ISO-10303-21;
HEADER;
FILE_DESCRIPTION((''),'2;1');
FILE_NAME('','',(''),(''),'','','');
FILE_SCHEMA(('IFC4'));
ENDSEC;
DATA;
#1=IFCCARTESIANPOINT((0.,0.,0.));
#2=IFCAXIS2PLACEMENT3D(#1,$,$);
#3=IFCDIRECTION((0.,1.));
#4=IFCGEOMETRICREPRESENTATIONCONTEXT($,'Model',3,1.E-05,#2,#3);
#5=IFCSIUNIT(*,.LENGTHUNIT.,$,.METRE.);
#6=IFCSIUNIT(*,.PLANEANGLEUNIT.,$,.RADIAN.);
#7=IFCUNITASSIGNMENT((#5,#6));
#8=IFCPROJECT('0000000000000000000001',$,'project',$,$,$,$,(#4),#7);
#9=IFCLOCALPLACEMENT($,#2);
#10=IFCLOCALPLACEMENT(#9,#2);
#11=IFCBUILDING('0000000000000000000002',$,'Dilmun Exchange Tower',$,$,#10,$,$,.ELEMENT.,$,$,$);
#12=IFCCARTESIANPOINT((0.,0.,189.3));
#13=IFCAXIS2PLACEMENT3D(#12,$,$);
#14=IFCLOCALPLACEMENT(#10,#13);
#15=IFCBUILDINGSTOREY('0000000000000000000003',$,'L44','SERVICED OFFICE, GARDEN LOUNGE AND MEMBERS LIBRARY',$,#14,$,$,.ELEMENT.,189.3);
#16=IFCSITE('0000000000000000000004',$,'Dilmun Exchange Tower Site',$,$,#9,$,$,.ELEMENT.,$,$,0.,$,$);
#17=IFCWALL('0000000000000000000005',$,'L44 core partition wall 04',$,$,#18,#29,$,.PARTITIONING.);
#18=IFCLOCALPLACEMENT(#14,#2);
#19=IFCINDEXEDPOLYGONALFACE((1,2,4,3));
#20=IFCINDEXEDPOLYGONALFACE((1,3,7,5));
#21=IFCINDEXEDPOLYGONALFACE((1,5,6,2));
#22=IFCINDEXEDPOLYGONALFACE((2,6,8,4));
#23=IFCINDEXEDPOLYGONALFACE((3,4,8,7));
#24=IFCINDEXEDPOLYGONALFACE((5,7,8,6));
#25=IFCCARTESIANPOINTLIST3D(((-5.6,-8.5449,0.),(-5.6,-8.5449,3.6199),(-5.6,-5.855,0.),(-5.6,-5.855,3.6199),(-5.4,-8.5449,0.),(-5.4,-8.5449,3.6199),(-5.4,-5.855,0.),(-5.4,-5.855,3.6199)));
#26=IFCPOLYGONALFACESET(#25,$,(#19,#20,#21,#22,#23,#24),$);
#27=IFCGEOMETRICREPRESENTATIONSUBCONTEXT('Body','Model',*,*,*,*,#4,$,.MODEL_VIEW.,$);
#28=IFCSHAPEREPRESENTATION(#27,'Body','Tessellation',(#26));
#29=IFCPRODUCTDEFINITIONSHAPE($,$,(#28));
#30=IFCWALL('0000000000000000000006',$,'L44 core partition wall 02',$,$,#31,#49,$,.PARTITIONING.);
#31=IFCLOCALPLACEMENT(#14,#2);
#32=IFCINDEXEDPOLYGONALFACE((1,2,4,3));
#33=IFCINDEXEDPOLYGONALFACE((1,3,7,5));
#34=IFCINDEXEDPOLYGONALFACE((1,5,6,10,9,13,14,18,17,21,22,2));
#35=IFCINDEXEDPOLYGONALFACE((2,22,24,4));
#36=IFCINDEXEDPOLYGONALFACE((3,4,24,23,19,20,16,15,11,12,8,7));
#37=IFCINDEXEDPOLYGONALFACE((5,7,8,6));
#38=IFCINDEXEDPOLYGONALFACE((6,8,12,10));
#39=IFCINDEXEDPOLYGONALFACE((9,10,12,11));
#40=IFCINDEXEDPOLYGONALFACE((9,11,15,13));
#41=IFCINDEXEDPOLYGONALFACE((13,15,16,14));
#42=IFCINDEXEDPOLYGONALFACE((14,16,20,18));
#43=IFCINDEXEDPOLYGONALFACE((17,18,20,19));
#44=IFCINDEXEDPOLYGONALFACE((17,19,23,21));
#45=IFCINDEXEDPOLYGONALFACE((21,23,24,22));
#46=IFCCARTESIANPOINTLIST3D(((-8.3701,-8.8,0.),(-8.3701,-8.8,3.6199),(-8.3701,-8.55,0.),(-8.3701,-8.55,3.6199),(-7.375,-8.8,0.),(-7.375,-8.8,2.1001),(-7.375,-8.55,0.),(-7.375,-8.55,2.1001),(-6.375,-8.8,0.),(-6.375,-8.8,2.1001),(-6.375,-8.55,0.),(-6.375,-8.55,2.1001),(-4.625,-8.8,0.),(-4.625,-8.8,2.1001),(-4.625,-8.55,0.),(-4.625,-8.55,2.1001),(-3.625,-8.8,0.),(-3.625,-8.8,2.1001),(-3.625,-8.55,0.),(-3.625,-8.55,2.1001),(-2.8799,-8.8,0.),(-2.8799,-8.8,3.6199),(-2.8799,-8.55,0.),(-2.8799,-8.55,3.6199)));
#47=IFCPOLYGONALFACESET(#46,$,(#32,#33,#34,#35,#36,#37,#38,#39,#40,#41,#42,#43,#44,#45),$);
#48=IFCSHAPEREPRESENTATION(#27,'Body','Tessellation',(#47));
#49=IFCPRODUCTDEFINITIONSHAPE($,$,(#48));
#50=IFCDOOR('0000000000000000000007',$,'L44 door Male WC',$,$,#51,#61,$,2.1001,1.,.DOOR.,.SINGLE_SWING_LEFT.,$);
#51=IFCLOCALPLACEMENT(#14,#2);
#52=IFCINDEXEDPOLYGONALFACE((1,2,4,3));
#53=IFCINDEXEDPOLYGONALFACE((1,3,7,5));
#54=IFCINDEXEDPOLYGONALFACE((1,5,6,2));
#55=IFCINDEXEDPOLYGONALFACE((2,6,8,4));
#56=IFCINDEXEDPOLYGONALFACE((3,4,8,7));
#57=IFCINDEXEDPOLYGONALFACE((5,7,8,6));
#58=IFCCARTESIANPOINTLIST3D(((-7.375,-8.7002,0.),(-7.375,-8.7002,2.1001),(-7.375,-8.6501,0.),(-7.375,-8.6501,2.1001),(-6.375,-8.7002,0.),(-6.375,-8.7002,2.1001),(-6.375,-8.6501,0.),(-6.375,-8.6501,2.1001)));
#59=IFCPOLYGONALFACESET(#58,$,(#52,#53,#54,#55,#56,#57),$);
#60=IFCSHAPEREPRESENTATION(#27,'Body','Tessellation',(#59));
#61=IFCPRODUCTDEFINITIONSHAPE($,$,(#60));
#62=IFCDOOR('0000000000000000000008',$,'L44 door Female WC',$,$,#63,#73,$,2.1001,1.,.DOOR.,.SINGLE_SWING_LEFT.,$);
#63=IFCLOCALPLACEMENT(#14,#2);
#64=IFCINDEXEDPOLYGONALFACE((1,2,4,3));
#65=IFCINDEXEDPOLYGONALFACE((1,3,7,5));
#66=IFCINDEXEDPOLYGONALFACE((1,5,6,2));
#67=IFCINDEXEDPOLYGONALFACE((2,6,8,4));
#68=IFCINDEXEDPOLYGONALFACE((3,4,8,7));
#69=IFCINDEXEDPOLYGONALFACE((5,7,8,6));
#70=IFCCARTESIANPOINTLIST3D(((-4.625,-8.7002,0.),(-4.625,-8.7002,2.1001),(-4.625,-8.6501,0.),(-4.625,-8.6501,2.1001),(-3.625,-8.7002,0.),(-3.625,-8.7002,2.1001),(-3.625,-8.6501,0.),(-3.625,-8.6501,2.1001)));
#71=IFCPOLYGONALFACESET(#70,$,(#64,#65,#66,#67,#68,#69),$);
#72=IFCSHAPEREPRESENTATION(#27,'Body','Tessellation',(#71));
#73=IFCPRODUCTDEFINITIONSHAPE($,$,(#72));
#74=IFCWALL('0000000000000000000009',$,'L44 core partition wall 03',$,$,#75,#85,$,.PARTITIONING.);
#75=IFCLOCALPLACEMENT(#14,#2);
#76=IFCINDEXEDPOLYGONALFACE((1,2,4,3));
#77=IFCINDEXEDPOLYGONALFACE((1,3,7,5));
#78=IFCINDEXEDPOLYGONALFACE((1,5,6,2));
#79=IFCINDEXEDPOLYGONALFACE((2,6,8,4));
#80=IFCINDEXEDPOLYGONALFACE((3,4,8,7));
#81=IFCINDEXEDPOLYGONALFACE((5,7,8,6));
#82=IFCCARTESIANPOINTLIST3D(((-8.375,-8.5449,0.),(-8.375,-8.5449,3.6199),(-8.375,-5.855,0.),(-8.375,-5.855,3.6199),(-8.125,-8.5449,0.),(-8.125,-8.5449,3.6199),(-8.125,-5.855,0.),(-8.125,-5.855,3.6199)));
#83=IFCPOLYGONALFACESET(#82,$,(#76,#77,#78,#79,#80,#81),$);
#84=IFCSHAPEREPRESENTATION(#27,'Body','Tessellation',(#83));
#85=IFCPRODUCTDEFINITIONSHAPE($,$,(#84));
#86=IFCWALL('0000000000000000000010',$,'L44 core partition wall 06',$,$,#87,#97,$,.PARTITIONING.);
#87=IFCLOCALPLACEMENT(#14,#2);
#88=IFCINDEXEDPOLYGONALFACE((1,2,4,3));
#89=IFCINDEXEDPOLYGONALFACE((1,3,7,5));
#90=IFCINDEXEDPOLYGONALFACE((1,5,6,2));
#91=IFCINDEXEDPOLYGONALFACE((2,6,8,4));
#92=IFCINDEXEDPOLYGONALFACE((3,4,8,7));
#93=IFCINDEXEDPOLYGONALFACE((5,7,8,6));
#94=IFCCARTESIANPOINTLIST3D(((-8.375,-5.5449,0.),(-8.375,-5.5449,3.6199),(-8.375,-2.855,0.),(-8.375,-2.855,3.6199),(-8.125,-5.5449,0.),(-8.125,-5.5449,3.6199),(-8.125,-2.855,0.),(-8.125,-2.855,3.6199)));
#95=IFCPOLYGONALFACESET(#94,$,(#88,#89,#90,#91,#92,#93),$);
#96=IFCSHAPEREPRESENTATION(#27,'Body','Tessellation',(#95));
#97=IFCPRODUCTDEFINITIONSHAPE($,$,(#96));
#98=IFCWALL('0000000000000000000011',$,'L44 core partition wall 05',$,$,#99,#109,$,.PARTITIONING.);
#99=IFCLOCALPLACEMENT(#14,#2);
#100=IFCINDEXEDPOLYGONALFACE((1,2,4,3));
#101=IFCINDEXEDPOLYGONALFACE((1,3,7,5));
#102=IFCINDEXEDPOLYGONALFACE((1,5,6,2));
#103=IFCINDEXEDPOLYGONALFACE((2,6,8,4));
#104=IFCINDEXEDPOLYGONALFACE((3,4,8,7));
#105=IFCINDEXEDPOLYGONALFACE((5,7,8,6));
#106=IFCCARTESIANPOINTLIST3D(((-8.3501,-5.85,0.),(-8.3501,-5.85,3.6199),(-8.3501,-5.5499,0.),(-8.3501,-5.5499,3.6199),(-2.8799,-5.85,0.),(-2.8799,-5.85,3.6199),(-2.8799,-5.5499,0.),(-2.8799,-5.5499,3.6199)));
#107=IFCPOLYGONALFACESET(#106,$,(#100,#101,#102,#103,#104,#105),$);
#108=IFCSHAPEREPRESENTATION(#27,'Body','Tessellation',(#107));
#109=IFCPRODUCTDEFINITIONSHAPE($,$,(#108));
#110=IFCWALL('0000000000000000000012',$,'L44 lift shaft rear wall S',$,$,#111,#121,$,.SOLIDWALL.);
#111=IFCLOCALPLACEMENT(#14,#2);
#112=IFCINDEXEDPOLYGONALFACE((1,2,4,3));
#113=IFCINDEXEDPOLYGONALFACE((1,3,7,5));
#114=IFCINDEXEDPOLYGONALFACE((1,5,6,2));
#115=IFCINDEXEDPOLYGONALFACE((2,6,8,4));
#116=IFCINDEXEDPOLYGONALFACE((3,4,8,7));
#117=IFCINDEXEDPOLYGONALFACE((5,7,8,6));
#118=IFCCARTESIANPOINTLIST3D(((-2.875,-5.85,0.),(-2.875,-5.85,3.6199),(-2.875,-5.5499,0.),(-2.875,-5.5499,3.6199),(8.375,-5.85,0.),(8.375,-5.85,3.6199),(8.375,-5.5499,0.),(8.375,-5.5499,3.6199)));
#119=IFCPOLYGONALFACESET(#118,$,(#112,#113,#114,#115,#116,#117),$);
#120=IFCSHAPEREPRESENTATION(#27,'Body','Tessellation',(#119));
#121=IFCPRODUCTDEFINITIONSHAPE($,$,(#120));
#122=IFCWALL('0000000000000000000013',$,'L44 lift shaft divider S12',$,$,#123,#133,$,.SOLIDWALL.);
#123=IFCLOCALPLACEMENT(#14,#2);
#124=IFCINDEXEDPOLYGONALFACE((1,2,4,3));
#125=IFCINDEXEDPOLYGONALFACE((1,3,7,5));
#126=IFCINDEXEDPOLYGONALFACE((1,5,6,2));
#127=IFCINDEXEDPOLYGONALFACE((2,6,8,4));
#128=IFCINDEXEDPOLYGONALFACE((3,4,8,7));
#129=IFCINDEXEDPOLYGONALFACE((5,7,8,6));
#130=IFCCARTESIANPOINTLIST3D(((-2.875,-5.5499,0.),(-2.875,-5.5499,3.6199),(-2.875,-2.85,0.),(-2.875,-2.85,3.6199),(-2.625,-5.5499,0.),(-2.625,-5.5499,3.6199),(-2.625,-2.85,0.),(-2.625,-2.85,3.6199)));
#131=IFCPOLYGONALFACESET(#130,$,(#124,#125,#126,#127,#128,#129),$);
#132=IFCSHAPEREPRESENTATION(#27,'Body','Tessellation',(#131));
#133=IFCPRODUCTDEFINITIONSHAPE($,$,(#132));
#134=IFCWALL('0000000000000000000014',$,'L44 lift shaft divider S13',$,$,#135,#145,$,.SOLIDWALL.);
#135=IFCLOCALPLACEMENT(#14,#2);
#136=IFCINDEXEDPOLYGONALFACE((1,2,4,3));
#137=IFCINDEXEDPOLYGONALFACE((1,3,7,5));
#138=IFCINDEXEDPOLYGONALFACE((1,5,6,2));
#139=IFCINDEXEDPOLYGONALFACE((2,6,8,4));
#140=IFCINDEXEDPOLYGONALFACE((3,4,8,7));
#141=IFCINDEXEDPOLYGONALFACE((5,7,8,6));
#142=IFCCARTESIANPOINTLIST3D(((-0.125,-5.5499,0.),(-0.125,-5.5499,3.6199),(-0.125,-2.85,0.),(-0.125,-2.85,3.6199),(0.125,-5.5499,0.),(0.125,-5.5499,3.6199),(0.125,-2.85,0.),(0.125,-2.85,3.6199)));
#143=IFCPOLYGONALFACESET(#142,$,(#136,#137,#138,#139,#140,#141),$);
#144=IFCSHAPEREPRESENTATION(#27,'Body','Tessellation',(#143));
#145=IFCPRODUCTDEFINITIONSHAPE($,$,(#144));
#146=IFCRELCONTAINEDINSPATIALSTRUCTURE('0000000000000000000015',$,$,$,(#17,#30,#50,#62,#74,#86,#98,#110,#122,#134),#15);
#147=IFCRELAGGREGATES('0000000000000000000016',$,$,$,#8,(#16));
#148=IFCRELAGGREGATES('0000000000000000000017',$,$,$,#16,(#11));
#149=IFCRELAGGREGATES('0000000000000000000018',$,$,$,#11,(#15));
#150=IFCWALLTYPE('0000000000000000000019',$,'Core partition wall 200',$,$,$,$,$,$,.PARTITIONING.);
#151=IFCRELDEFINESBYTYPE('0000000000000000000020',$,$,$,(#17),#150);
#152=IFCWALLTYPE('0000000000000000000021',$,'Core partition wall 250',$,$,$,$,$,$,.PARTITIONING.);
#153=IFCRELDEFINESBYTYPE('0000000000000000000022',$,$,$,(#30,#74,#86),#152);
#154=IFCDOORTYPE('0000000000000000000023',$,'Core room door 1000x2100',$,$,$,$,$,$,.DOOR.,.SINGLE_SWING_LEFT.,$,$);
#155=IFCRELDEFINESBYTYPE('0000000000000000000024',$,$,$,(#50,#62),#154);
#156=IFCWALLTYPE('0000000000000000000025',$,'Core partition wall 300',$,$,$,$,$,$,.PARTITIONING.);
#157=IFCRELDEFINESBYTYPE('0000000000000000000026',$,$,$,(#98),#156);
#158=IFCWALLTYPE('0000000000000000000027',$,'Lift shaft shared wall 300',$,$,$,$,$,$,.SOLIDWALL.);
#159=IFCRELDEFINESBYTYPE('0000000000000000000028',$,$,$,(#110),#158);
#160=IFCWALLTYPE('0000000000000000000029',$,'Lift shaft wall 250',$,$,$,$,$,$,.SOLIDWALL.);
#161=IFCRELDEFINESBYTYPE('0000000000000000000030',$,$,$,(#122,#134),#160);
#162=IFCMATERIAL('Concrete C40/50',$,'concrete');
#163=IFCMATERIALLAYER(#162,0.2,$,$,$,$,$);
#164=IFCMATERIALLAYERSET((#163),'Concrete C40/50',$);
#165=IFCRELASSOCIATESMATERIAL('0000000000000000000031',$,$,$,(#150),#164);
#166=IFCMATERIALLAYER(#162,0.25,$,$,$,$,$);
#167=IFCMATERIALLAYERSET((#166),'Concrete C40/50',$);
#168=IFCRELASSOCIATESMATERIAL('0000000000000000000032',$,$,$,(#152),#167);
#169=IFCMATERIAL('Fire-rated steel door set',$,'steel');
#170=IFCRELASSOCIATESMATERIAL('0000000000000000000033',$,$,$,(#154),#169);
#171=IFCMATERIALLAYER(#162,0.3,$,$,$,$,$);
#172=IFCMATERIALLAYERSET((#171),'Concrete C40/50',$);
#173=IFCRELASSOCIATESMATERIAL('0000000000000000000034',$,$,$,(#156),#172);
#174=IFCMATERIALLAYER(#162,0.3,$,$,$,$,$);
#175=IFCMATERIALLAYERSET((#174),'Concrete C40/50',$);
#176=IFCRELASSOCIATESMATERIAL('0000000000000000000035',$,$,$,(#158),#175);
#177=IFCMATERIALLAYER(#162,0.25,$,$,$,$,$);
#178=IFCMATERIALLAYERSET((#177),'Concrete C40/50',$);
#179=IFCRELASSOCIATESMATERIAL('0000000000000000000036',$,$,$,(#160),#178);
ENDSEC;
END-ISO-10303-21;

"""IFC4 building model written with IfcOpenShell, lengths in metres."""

from ifc_helpers import new_model, si_unit, direction, frame, frame_2d, origin, place, context, subcontext, project, spatial, rectangle, extrude, material, layer, layer_set, type_object, element, fill, save


model = new_model("IFC4")

# Units and contexts
model_context = context("Model", 3, precision=1e-05, world=origin(), true_north=direction((0.0, 1.0)))
body_context = subcontext(model_context, "Body", "Model", "MODEL_VIEW")
ifc_project = project(units=[si_unit("LENGTHUNIT", "METRE"), si_unit("PLANEANGLEUNIT", "RADIAN")], contexts=[model_context])

# Site, building, storey
site_placement = place(None, origin())
site = spatial("IfcSite", under=ifc_project, at=site_placement, Name="Dilmun Exchange Tower Site", CompositionType="ELEMENT", RefElevation=0.0)
building_placement = place(site_placement, origin())
building = spatial("IfcBuilding", under=site, at=building_placement, Name="Dilmun Exchange Tower", CompositionType="ELEMENT")
storey_placement = place(building_placement, frame((0.0, 0.0, 189.3)))
storey = spatial("IfcBuildingStorey", under=building, at=storey_placement, Name="L44", Description="SERVICED OFFICE, GARDEN LOUNGE AND MEMBERS LIBRARY", CompositionType="ELEMENT", Elevation=189.3)

# Wall
ifc_material_1 = material(Name="Concrete C40/50", Category="concrete")
ifc_layer_1 = layer(ifc_material_1, 0.2)
ifc_layer_set_1 = layer_set([ifc_layer_1], Name="Concrete C40/50")
wall_type_1 = type_object("IfcWallType", Name="Core partition wall 200", PredefinedType="PARTITIONING", material=ifc_layer_set_1)
wall_1_placement = place(storey_placement, frame((-5.5, -8.5449, 0.0), z_axis=(0.0, 0.0, 1.0), x_axis=(0.0, 1.0, 0.0)))
element("IfcWall", 1, at=wall_1_placement, inside=storey, type_object=wall_type_1, Name="L44 core partition wall 04", PredefinedType="PARTITIONING", context=body_context, shape_type="SweptSolid", body=[
    extrude(rectangle(XDim=2.6899, YDim=0.2, at=frame_2d((1.345, 0.0))), origin(), (0.0, 0.0, 1.0), 3.6199),
])

# Wall, openings, doors
ifc_layer_2 = layer(ifc_material_1, 0.25)
ifc_layer_set_2 = layer_set([ifc_layer_2], Name="Concrete C40/50")
wall_type_2 = type_object("IfcWallType", Name="Core partition wall 250", PredefinedType="PARTITIONING", material=ifc_layer_set_2)
wall_2_placement = place(storey_placement, frame((-8.3701, -8.675, 0.0), z_axis=(0.0, 0.0, 1.0), x_axis=(1.0, 0.0, 0.0)))
wall_2 = element("IfcWall", 2, at=wall_2_placement, inside=storey, type_object=wall_type_2, Name="L44 core partition wall 02", PredefinedType="PARTITIONING", context=body_context, shape_type="SweptSolid", body=[
    extrude(rectangle(XDim=5.4902, YDim=0.25, at=frame_2d((2.7451, 0.0))), origin(), (0.0, 0.0, 1.0), 3.6199),
])
opening_1_placement = place(wall_2_placement, frame((0.9951, 0.0, 0.0)))
opening_1 = element("IfcOpeningElement", 3, at=opening_1_placement, cuts=wall_2, PredefinedType="OPENING", context=body_context, shape_type="SweptSolid", body=[
    extrude(rectangle(XDim=1.0, YDim=2.1001, at=frame_2d((0.5, 1.05))), frame((0.0, 0.135, 0.0), z_axis=(0.0, -1.0, 0.0), x_axis=(1.0, 0.0, 0.0)), (0.0, 0.0, 1.0), 0.27),
])
opening_2_placement = place(wall_2_placement, frame((3.7451, 0.0, 0.0)))
opening_2 = element("IfcOpeningElement", 4, at=opening_2_placement, cuts=wall_2, PredefinedType="OPENING", context=body_context, shape_type="SweptSolid", body=[
    extrude(rectangle(XDim=1.0, YDim=2.1001, at=frame_2d((0.5, 1.05))), frame((0.0, 0.135, 0.0), z_axis=(0.0, -1.0, 0.0), x_axis=(1.0, 0.0, 0.0)), (0.0, 0.0, 1.0), 0.27),
])
ifc_material_2 = material(Name="Fire-rated steel door set", Category="steel")
door_type_1 = type_object("IfcDoorType", Name="Core room door 1000x2100", OperationType="SINGLE_SWING_LEFT", PredefinedType="DOOR", material=ifc_material_2)
door_1_placement = place(opening_1_placement, origin())
door_1 = element("IfcDoor", 5, at=door_1_placement, inside=storey, type_object=door_type_1, Name="L44 door Male WC", OperationType="SINGLE_SWING_LEFT", OverallHeight=2.1001, OverallWidth=1.0, PredefinedType="DOOR", context=body_context, shape_type="SweptSolid", body=[
    extrude(rectangle(XDim=1.0, YDim=2.1001, at=frame_2d((0.5, 1.05))), frame((0.0, 0.0249, 0.0), z_axis=(0.0, -1.0, 0.0), x_axis=(1.0, 0.0, 0.0)), (0.0, 0.0, 1.0), 0.05),
])
fill(opening_1, door_1)
door_2_placement = place(opening_2_placement, origin())
door_2 = element("IfcDoor", 6, at=door_2_placement, inside=storey, type_object=door_type_1, Name="L44 door Female WC", OperationType="SINGLE_SWING_LEFT", OverallHeight=2.1001, OverallWidth=1.0, PredefinedType="DOOR", context=body_context, shape_type="SweptSolid", body=[
    extrude(rectangle(XDim=1.0, YDim=2.1001, at=frame_2d((0.5, 1.05))), frame((0.0, 0.0249, 0.0), z_axis=(0.0, -1.0, 0.0), x_axis=(1.0, 0.0, 0.0)), (0.0, 0.0, 1.0), 0.05),
])
fill(opening_2, door_2)

# Walls
for number, where, z_axis, x_axis, name in (
    (7, (-8.25, -8.5449, 0.0), (0.0, 0.0, 1.0), (0.0, 1.0, 0.0), "L44 core partition wall 03"),
    (8, (-8.25, -5.5449, 0.0), (0.0, 0.0, 1.0), (0.0, 1.0, 0.0), "L44 core partition wall 06"),
):
    element("IfcWall", number, at=place(storey_placement, frame(where, z_axis=z_axis, x_axis=x_axis)), inside=storey, type_object=wall_type_2, Name=name, PredefinedType="PARTITIONING", context=body_context, shape_type="SweptSolid", body=[
        extrude(rectangle(XDim=2.6899, YDim=0.25, at=frame_2d((1.345, 0.0))), origin(), (0.0, 0.0, 1.0), 3.6199),
    ])
ifc_layer_3 = layer(ifc_material_1, 0.3)
ifc_layer_set_3 = layer_set([ifc_layer_3], Name="Concrete C40/50")
wall_type_3 = type_object("IfcWallType", Name="Core partition wall 300", PredefinedType="PARTITIONING", material=ifc_layer_set_3)
wall_3_placement = place(storey_placement, frame((-8.3501, -5.7, 0.0), z_axis=(0.0, 0.0, 1.0), x_axis=(1.0, 0.0, 0.0)))
element("IfcWall", 9, at=wall_3_placement, inside=storey, type_object=wall_type_3, Name="L44 core partition wall 05", PredefinedType="PARTITIONING", context=body_context, shape_type="SweptSolid", body=[
    extrude(rectangle(XDim=5.4702, YDim=0.3, at=frame_2d((2.7351, 0.0))), origin(), (0.0, 0.0, 1.0), 3.6199),
])
ifc_layer_4 = layer(ifc_material_1, 0.3)
ifc_layer_set_4 = layer_set([ifc_layer_4], Name="Concrete C40/50")
wall_type_4 = type_object("IfcWallType", Name="Lift shaft shared wall 300", PredefinedType="SOLIDWALL", material=ifc_layer_set_4)
wall_4_placement = place(storey_placement, frame((-2.875, -5.7, 0.0), z_axis=(0.0, 0.0, 1.0), x_axis=(1.0, 0.0, 0.0)))
element("IfcWall", 10, at=wall_4_placement, inside=storey, type_object=wall_type_4, Name="L44 lift shaft rear wall S", PredefinedType="SOLIDWALL", context=body_context, shape_type="SweptSolid", body=[
    extrude(rectangle(XDim=11.25, YDim=0.3, at=frame_2d((5.625, 0.0))), origin(), (0.0, 0.0, 1.0), 3.6199),
])
ifc_layer_5 = layer(ifc_material_1, 0.25)
ifc_layer_set_5 = layer_set([ifc_layer_5], Name="Concrete C40/50")
wall_type_5 = type_object("IfcWallType", Name="Lift shaft wall 250", PredefinedType="SOLIDWALL", material=ifc_layer_set_5)
for number, where, z_axis, x_axis, name in (
    (11, (-2.75, -5.55, 0.0), (0.0, 0.0, 1.0), (0.0, 1.0, 0.0), "L44 lift shaft divider S12"),
    (12, (0.0, -5.55, 0.0), (0.0, 0.0, 1.0), (0.0, 1.0, 0.0), "L44 lift shaft divider S13"),
):
    element("IfcWall", number, at=place(storey_placement, frame(where, z_axis=z_axis, x_axis=x_axis)), inside=storey, type_object=wall_type_5, Name=name, PredefinedType="SOLIDWALL", context=body_context, shape_type="SweptSolid", body=[
        extrude(rectangle(XDim=2.7, YDim=0.25, at=frame_2d((1.3501, 0.0))), origin(), (0.0, 0.0, 1.0), 3.6199),
    ])

save(model, "model.ifc")
